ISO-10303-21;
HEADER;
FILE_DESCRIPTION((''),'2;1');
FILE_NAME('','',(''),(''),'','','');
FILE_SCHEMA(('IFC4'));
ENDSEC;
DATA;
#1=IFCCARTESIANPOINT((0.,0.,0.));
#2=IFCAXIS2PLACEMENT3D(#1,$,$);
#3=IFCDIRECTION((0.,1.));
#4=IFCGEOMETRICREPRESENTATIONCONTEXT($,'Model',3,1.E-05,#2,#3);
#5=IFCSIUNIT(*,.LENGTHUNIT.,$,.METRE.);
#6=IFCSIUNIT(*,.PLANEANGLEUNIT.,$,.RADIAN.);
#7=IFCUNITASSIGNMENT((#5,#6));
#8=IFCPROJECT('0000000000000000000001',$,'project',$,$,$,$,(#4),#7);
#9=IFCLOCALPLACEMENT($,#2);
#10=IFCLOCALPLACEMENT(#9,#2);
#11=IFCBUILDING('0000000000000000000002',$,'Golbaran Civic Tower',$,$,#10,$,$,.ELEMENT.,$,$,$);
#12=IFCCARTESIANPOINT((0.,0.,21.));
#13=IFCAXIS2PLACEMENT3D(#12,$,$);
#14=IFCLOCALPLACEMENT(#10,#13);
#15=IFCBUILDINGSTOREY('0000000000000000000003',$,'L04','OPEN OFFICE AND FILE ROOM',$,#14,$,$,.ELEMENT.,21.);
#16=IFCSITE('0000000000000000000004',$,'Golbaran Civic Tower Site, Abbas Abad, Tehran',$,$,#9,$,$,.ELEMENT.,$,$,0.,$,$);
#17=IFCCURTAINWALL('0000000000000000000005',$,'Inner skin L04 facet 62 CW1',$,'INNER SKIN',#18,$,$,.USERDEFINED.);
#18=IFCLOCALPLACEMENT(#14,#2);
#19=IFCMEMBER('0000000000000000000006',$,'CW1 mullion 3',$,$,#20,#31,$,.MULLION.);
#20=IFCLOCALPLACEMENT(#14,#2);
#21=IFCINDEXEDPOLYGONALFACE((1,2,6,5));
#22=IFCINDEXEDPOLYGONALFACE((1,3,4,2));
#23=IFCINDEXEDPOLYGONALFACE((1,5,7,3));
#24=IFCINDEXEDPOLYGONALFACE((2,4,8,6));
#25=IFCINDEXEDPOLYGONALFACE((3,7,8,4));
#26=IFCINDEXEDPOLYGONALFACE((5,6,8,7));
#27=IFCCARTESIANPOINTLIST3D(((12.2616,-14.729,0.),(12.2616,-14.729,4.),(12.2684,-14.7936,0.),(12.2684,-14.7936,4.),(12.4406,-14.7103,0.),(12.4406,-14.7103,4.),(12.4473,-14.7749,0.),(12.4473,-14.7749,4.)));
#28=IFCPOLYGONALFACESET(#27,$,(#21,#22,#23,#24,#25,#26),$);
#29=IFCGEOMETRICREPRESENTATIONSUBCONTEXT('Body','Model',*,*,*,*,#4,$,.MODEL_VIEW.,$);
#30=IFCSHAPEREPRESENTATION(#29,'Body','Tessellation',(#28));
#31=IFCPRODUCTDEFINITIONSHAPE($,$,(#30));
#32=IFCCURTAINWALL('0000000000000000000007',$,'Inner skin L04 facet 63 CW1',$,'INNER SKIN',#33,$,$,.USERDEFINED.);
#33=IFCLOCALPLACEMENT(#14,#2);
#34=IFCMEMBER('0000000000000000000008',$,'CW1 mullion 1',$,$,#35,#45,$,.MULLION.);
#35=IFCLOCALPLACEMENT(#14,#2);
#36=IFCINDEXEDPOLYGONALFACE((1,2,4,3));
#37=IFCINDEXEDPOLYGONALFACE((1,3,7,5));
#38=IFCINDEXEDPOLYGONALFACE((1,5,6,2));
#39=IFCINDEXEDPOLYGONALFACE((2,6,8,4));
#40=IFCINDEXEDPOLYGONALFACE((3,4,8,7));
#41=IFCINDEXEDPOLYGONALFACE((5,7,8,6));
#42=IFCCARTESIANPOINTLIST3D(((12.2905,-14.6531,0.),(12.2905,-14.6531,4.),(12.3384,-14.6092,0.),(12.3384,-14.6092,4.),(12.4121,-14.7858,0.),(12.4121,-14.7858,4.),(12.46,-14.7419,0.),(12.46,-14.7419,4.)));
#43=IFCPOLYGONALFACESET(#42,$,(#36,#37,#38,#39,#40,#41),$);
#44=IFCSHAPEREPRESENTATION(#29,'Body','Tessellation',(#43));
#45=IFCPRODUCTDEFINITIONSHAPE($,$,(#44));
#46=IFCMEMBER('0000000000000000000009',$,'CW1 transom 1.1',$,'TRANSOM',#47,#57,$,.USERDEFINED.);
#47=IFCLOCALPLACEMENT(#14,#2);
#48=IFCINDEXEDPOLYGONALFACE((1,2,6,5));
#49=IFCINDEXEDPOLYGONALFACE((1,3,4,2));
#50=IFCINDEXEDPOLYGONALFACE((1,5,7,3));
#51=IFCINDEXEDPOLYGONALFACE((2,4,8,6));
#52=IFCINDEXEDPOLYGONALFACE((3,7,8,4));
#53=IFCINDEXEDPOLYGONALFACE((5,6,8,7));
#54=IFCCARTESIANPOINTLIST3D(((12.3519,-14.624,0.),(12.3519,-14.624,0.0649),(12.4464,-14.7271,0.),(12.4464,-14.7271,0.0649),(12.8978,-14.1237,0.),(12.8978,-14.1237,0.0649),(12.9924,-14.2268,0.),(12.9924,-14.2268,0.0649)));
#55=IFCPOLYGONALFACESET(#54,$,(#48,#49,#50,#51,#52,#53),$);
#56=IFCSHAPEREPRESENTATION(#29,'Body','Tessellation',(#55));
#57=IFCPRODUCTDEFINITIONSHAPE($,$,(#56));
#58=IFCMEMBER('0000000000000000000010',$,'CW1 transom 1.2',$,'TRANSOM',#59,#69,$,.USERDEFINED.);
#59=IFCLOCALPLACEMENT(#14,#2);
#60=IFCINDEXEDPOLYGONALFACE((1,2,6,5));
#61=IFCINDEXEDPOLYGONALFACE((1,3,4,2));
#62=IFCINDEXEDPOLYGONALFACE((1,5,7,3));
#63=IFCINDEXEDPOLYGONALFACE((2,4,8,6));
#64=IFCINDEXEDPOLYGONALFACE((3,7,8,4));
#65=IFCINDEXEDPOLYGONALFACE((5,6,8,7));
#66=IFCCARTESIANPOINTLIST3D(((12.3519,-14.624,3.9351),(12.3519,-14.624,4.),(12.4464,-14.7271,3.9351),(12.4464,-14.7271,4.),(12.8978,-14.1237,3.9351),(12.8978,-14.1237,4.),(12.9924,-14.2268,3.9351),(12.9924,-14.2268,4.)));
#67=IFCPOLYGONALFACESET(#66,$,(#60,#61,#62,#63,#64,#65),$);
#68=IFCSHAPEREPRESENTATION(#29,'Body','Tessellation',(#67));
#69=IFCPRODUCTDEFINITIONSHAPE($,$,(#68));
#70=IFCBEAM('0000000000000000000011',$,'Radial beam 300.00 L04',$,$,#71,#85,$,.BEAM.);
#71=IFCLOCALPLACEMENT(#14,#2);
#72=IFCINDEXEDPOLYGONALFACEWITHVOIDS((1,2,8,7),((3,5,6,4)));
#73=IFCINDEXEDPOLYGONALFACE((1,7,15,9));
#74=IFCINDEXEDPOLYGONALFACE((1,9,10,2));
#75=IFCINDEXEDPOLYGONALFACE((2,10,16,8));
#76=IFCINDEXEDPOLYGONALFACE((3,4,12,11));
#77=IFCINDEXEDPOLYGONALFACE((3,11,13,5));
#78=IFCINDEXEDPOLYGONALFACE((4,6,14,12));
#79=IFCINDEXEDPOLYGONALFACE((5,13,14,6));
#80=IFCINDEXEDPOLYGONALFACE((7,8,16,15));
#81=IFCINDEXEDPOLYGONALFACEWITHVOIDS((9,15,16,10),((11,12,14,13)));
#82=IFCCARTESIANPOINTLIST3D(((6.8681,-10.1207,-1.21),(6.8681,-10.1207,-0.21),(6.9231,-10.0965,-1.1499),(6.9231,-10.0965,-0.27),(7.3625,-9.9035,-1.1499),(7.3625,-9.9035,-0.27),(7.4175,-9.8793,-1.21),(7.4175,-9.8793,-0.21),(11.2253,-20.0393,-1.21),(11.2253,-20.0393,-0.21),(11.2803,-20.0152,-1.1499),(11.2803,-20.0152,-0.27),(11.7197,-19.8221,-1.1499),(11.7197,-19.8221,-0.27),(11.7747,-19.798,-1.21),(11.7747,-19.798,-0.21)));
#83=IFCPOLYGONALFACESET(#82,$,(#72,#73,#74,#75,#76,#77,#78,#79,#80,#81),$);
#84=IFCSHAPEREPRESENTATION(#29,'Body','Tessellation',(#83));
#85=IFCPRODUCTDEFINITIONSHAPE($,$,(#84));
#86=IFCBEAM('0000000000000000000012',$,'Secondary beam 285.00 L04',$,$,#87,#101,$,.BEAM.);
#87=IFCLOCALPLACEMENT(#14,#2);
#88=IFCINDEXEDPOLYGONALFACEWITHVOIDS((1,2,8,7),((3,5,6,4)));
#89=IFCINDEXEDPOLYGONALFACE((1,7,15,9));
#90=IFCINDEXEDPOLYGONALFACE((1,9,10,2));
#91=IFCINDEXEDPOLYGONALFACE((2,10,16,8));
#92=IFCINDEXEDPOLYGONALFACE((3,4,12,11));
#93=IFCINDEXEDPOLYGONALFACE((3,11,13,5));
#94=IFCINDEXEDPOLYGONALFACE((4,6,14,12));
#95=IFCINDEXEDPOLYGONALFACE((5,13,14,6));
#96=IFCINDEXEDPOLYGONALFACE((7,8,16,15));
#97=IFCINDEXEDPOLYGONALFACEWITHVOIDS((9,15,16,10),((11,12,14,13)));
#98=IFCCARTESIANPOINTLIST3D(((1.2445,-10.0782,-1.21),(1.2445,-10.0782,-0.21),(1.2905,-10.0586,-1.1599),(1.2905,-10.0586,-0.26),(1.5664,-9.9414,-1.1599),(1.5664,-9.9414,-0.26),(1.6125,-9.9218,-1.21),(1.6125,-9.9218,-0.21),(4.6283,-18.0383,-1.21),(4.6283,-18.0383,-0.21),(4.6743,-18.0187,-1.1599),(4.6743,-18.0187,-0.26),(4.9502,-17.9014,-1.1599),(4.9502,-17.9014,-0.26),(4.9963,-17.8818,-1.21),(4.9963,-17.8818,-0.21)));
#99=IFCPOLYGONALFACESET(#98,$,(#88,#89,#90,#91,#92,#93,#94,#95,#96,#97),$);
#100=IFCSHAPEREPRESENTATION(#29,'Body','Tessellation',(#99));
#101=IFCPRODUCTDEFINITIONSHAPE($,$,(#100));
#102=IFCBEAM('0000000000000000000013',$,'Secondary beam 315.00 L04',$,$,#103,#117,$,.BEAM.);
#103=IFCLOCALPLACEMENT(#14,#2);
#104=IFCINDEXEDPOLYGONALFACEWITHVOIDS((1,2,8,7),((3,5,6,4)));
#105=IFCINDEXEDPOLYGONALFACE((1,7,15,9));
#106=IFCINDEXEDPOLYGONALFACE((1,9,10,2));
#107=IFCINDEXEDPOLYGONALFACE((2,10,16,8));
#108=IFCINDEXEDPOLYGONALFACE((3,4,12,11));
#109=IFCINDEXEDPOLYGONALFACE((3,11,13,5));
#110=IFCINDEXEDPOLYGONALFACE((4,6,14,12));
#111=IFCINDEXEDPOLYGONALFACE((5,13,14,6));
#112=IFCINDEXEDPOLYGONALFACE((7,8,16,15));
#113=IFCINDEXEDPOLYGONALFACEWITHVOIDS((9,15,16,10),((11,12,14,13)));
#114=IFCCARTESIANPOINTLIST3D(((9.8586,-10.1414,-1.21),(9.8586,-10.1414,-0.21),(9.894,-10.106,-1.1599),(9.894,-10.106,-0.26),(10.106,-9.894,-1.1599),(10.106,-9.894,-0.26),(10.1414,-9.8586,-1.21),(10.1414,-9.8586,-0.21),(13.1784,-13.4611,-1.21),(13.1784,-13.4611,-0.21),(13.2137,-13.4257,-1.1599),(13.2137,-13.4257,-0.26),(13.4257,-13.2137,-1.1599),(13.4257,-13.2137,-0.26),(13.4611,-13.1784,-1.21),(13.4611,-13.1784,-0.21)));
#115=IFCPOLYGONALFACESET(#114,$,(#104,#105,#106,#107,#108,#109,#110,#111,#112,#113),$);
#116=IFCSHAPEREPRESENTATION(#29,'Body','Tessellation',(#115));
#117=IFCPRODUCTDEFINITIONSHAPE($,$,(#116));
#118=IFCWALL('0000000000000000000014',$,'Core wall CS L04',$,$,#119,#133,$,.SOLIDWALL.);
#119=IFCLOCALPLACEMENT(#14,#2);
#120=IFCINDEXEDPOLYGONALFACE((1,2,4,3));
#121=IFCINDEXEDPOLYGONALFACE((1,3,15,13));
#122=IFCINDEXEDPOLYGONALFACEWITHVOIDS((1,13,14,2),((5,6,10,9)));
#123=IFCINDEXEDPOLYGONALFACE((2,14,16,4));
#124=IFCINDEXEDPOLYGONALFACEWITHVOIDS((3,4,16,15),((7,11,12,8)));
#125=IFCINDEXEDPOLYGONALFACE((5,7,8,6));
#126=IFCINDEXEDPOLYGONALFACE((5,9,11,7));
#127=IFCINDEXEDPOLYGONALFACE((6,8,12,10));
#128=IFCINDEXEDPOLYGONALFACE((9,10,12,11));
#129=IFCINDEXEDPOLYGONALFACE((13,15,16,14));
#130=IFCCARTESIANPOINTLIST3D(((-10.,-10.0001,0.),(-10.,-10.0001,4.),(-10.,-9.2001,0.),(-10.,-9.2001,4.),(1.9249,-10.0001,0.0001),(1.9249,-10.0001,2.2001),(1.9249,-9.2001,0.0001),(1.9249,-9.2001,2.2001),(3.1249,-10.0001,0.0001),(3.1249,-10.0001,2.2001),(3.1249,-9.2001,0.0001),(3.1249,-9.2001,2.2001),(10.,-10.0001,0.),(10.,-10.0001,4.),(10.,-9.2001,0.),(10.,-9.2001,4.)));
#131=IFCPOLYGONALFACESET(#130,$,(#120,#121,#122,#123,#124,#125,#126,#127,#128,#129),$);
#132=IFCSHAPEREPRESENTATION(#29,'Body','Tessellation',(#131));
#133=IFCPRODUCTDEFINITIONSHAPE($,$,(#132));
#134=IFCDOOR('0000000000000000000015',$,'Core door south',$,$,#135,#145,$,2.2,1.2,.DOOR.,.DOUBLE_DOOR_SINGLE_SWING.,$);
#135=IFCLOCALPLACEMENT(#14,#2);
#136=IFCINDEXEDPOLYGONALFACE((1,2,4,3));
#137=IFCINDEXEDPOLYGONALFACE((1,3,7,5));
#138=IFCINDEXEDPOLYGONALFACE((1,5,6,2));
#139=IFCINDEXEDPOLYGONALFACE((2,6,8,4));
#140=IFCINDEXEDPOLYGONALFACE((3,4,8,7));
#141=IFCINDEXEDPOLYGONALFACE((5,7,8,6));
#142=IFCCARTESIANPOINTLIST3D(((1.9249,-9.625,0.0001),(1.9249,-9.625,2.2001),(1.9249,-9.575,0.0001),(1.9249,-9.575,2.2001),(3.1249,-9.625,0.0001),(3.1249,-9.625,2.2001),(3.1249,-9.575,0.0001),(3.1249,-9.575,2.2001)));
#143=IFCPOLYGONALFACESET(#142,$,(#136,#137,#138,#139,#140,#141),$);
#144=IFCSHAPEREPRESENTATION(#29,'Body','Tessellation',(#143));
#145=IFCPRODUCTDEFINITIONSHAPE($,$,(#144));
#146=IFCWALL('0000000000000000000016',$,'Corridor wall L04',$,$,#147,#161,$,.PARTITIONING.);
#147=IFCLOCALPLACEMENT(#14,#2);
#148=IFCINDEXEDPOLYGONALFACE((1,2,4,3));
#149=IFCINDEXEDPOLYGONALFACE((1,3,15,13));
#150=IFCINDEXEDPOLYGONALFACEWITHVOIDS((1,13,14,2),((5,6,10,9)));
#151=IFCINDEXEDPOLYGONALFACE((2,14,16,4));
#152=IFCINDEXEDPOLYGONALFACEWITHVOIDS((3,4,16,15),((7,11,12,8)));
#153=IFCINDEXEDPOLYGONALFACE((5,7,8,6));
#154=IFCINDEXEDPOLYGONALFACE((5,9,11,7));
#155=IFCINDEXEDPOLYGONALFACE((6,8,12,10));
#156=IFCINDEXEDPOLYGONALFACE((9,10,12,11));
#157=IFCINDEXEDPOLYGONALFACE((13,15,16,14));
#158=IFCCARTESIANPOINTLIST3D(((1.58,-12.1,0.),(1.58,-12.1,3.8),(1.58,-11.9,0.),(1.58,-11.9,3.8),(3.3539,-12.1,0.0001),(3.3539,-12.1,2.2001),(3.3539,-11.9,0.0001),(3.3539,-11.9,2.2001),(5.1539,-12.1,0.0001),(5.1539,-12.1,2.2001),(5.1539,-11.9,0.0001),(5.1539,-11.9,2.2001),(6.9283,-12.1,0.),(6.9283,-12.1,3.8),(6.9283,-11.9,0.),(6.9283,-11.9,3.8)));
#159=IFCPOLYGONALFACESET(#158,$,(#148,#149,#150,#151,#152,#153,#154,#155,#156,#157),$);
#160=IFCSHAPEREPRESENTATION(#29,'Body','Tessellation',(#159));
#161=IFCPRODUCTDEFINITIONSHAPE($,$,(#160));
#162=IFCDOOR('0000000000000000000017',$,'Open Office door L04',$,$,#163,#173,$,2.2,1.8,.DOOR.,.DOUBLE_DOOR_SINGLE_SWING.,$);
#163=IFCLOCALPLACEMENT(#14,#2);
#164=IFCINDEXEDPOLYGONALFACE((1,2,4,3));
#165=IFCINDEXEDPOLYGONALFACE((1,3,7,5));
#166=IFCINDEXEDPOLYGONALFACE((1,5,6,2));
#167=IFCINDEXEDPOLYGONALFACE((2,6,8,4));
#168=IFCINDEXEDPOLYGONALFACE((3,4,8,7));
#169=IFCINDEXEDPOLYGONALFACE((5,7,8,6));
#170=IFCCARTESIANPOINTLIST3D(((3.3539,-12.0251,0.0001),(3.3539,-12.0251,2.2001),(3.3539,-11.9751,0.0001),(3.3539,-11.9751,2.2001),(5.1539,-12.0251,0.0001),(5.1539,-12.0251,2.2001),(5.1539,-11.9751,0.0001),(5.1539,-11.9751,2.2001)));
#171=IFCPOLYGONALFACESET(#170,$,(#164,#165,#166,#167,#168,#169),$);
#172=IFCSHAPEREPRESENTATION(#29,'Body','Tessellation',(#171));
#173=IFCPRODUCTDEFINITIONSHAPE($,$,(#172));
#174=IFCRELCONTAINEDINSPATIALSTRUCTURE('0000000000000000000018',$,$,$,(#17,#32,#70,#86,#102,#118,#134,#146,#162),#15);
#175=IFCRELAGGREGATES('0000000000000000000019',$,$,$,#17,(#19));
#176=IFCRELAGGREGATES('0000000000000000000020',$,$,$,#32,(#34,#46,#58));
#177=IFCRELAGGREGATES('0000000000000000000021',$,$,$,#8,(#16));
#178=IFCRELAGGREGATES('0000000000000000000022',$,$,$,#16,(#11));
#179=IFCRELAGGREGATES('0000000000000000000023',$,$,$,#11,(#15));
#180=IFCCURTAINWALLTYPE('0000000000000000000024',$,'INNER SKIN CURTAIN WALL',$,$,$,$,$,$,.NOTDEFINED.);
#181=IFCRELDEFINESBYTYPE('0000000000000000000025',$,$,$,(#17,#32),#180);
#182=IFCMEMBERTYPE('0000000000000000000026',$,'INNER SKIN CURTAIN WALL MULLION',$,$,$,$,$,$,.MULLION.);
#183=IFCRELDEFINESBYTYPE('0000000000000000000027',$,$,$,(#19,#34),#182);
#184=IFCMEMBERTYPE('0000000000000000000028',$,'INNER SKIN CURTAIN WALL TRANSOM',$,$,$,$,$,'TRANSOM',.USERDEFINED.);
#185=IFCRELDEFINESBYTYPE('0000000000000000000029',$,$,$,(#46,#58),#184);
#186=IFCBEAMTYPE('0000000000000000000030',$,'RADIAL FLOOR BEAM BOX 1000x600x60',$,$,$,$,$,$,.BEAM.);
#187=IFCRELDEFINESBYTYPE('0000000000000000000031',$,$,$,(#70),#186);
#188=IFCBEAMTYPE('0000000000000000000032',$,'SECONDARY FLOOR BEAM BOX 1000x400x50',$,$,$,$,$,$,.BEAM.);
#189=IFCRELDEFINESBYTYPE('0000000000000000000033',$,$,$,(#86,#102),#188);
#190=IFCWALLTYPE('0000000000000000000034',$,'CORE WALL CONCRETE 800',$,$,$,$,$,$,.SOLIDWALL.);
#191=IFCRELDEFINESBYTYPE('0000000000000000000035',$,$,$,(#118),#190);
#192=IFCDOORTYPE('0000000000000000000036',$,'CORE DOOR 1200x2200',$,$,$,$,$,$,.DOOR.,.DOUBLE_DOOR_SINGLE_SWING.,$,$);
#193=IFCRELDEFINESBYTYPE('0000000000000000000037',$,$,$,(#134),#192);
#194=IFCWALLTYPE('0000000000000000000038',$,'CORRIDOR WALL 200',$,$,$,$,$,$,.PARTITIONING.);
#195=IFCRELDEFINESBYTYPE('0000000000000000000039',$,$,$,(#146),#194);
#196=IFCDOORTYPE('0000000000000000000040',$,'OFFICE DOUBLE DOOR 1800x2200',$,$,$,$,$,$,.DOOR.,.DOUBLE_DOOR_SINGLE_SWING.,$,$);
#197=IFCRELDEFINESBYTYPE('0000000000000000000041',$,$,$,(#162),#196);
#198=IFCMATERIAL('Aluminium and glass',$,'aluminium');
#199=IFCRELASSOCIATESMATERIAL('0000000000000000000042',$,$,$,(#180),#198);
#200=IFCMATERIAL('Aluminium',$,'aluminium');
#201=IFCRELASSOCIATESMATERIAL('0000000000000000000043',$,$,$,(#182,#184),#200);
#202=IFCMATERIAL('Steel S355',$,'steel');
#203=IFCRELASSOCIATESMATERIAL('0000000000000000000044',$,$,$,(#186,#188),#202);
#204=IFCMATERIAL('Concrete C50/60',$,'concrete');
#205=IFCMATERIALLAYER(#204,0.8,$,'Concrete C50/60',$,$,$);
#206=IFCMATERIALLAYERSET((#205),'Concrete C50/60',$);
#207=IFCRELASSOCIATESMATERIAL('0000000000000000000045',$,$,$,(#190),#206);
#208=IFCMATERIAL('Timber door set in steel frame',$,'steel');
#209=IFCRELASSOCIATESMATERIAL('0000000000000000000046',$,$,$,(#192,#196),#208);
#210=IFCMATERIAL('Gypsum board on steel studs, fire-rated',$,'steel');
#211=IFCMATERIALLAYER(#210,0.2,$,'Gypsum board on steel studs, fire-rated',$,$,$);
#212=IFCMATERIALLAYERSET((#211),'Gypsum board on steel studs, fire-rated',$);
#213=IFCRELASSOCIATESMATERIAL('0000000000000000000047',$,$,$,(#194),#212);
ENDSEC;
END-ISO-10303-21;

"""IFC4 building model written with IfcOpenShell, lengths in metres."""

from ifc_helpers import new_model, si_unit, direction, frame, frame_2d, origin, origin_2d, place, context, subcontext, project, spatial, rectangle, hollow_rectangle, extrude, material, layer, layer_set, material_profile, profile_set, type_object, element, fill, aggregate, save


model = new_model("IFC4")

# Units and contexts
model_context = context("Model", 3, precision=1e-05, world=origin(), true_north=direction((0.0, 1.0)))
body_context = subcontext(model_context, "Body", "Model", "MODEL_VIEW")
ifc_project = project(units=[si_unit("LENGTHUNIT", "METRE"), si_unit("PLANEANGLEUNIT", "RADIAN")], contexts=[model_context])

# Site, building, storey
site_placement = place(None, origin())
site = spatial("IfcSite", under=ifc_project, at=site_placement, Name="Golbaran Civic Tower Site, Abbas Abad, Tehran", CompositionType="ELEMENT", RefElevation=0.0)
building_placement = place(site_placement, origin())
building = spatial("IfcBuilding", under=site, at=building_placement, Name="Golbaran Civic Tower", CompositionType="ELEMENT")
storey_placement = place(building_placement, frame((0.0, 0.0, 21.0)))
storey = spatial("IfcBuildingStorey", under=building, at=storey_placement, Name="L04", Description="OPEN OFFICE AND FILE ROOM", CompositionType="ELEMENT", Elevation=21.0)

# Shared definitions
ifc_material_1 = material(Name="Steel S355", Category="steel")

# Curtain wall, member
ifc_material_2 = material(Name="Aluminium and glass", Category="aluminium")
curtain_wall_type = type_object("IfcCurtainWallType", Name="INNER SKIN CURTAIN WALL", PredefinedType="NOTDEFINED", material=ifc_material_2)
curtain_wall_1_placement = place(storey_placement, origin())
curtain_wall_1 = element("IfcCurtainWall", 1, at=curtain_wall_1_placement, inside=storey, type_object=curtain_wall_type, Name="Inner skin L04 facet 62 CW1", ObjectType="INNER SKIN", PredefinedType="USERDEFINED")
ifc_material_3 = material(Name="Aluminium", Category="aluminium")
ifc_material_profile_1 = material_profile(ifc_material_3, rectangle(XDim=0.1799, YDim=0.0649, at=origin_2d()), Name="INNER SKIN CURTAIN WALL MULLION")
ifc_profile_set_1 = profile_set([ifc_material_profile_1], Name="Aluminium")
member_type_1 = type_object("IfcMemberType", Name="INNER SKIN CURTAIN WALL MULLION", PredefinedType="MULLION", material=ifc_profile_set_1)
member_1_placement = place(storey_placement, frame((12.3545, -14.752, 0.0), z_axis=(0.0, 0.0, 1.0), x_axis=(-0.994568, -0.104093, 0.0)))
member_1 = element("IfcMember", 2, at=member_1_placement, type_object=member_type_1, Name="CW1 mullion 3", PredefinedType="MULLION", context=body_context, shape_type="SweptSolid", body=[
    extrude(rectangle(XDim=0.1799, YDim=0.0649, at=origin_2d()), origin(), (0.0, 0.0, 1.0), 4.0),
])
aggregate(curtain_wall_1, [member_1])

# Curtain wall, members
curtain_wall_2_placement = place(storey_placement, origin())
curtain_wall_2 = element("IfcCurtainWall", 3, at=curtain_wall_2_placement, inside=storey, type_object=curtain_wall_type, Name="Inner skin L04 facet 63 CW1", ObjectType="INNER SKIN", PredefinedType="USERDEFINED")
member_2_placement = place(storey_placement, frame((12.3752, -14.6975, 0.0), z_axis=(0.0, 0.0, 1.0), x_axis=(-0.67559, 0.737277, 0.0)))
member_2 = element("IfcMember", 4, at=member_2_placement, type_object=member_type_1, Name="CW1 mullion 1", PredefinedType="MULLION", context=body_context, shape_type="SweptSolid", body=[
    extrude(rectangle(XDim=0.1799, YDim=0.0649, at=origin_2d()), origin(), (0.0, 0.0, 1.0), 4.0),
])
ifc_material_profile_2 = material_profile(ifc_material_3, rectangle(XDim=0.1399, YDim=0.0649, at=origin_2d()), Name="INNER SKIN CURTAIN WALL TRANSOM")
ifc_profile_set_2 = profile_set([ifc_material_profile_2], Name="Aluminium")
member_type_2 = type_object("IfcMemberType", Name="INNER SKIN CURTAIN WALL TRANSOM", ElementType="TRANSOM", PredefinedType="USERDEFINED", material=ifc_profile_set_2)
member_3_placement = place(storey_placement, frame((12.3992, -14.6755, 0.0325), z_axis=(0.737264, 0.675605, 0.0), x_axis=(-0.675605, 0.737264, 0.0)))
member_3 = element("IfcMember", 5, at=member_3_placement, type_object=member_type_2, Name="CW1 transom 1.1", ObjectType="TRANSOM", PredefinedType="USERDEFINED", context=body_context, shape_type="SweptSolid", body=[
    extrude(rectangle(XDim=0.1399, YDim=0.0649, at=origin_2d()), origin(), (0.0, 0.0, 1.0), 0.7405),
])
member_4_placement = place(storey_placement, frame((12.3992, -14.6755, 3.9675), z_axis=(0.737264, 0.675605, 0.0), x_axis=(-0.675605, 0.737264, 0.0)))
member_4 = element("IfcMember", 6, at=member_4_placement, type_object=member_type_2, Name="CW1 transom 1.2", ObjectType="TRANSOM", PredefinedType="USERDEFINED", context=body_context, shape_type="SweptSolid", body=[
    extrude(rectangle(XDim=0.1399, YDim=0.0649, at=origin_2d()), origin(), (0.0, 0.0, 1.0), 0.7405),
])
aggregate(curtain_wall_2, [member_2, member_3, member_4])

# Beams
ifc_material_profile_3 = material_profile(ifc_material_1, hollow_rectangle(XDim=0.6001, YDim=1.0, WallThickness=0.0601, at=origin_2d()), Name="BOX 1000x600x60")
ifc_profile_set_3 = profile_set([ifc_material_profile_3], Name="Steel S355")
beam_type_1 = type_object("IfcBeamType", Name="RADIAL FLOOR BEAM BOX 1000x600x60", PredefinedType="BEAM", material=ifc_profile_set_3)
beam_1_placement = place(storey_placement, frame((7.1428, -10.0, -0.71), z_axis=(0.402193, -0.915555, 0.0), x_axis=(0.915555, 0.402193, 0.0)))
element("IfcBeam", 7, at=beam_1_placement, inside=storey, type_object=beam_type_1, Name="Radial beam 300.00 L04", PredefinedType="BEAM", context=body_context, shape_type="SweptSolid", body=[
    extrude(hollow_rectangle(XDim=0.6001, YDim=1.0, WallThickness=0.0601, at=origin_2d()), origin(), (0.0, 0.0, 1.0), 10.8335),
])
ifc_material_profile_4 = material_profile(ifc_material_1, hollow_rectangle(XDim=0.3999, YDim=1.0, WallThickness=0.05, at=origin_2d()), Name="BOX 1000x400x50")
ifc_profile_set_4 = profile_set([ifc_material_profile_4], Name="Steel S355")
beam_type_2 = type_object("IfcBeamType", Name="SECONDARY FLOOR BEAM BOX 1000x400x50", PredefinedType="BEAM", material=ifc_profile_set_4)
beam_2_placement = place(storey_placement, frame((1.4285, -10.0, -0.71), z_axis=(0.39122, -0.920297, 0.0), x_axis=(0.920297, 0.39122, 0.0)))
element("IfcBeam", 8, at=beam_2_placement, inside=storey, type_object=beam_type_2, Name="Secondary beam 285.00 L04", PredefinedType="BEAM", context=body_context, shape_type="SweptSolid", body=[
    extrude(hollow_rectangle(XDim=0.3999, YDim=1.0, WallThickness=0.05, at=origin_2d()), origin(), (0.0, 0.0, 1.0), 8.6494),
])
beam_3_placement = place(storey_placement, frame((10.0, -10.0, -0.71), z_axis=(0.707107, -0.707107, 0.0), x_axis=(0.707107, 0.707107, 0.0)))
element("IfcBeam", 9, at=beam_3_placement, inside=storey, type_object=beam_type_2, Name="Secondary beam 315.00 L04", PredefinedType="BEAM", context=body_context, shape_type="SweptSolid", body=[
    extrude(hollow_rectangle(XDim=0.3999, YDim=1.0, WallThickness=0.05, at=origin_2d()), origin(), (0.0, 0.0, 1.0), 4.6948),
])

# Walls, openings, doors
ifc_material_4 = material(Name="Concrete C50/60", Category="concrete")
ifc_layer_1 = layer(ifc_material_4, 0.8, Name="Concrete C50/60")
ifc_layer_set_1 = layer_set([ifc_layer_1], Name="Concrete C50/60")
wall_type_1 = type_object("IfcWallType", Name="CORE WALL CONCRETE 800", PredefinedType="SOLIDWALL", material=ifc_layer_set_1)
wall_1_placement = place(storey_placement, frame((10.0, -9.6001, 0.0), z_axis=(0.0, 0.0, 1.0), x_axis=(-1.0, 0.0, 0.0)))
wall_1 = element("IfcWall", 10, at=wall_1_placement, inside=storey, type_object=wall_type_1, Name="Core wall CS L04", PredefinedType="SOLIDWALL", context=body_context, shape_type="SweptSolid", body=[
    extrude(rectangle(XDim=20.0, YDim=0.8, at=frame_2d((10.0, 0.0))), origin(), (0.0, 0.0, 1.0), 4.0),
])
opening_1_placement = place(wall_1_placement, frame((6.875, 0.0, 0.0)))
opening_1 = element("IfcOpeningElement", 11, at=opening_1_placement, cuts=wall_1, PredefinedType="OPENING", context=body_context, shape_type="SweptSolid", body=[
    extrude(rectangle(XDim=1.2, YDim=2.2, at=frame_2d((0.6001, 1.1001))), frame((0.0, 0.4099, 0.0), z_axis=(0.0, -1.0, 0.0), x_axis=(1.0, 0.0, 0.0)), (0.0, 0.0, 1.0), 0.8201),
])
ifc_material_5 = material(Name="Timber door set in steel frame", Category="steel")
door_type_1 = type_object("IfcDoorType", Name="CORE DOOR 1200x2200", OperationType="DOUBLE_DOOR_SINGLE_SWING", PredefinedType="DOOR", material=ifc_material_5)
door_1_placement = place(opening_1_placement, origin())
door_1 = element("IfcDoor", 12, at=door_1_placement, inside=storey, type_object=door_type_1, Name="Core door south", OperationType="DOUBLE_DOOR_SINGLE_SWING", OverallHeight=2.2, OverallWidth=1.2, PredefinedType="DOOR", context=body_context, shape_type="SweptSolid", body=[
    extrude(rectangle(XDim=1.2, YDim=2.2, at=frame_2d((0.6001, 1.1001))), frame((0.0, 0.0249, 0.0), z_axis=(0.0, -1.0, 0.0), x_axis=(1.0, 0.0, 0.0)), (0.0, 0.0, 1.0), 0.05),
])
fill(opening_1, door_1)
ifc_material_6 = material(Name="Gypsum board on steel studs, fire-rated", Category="steel")
ifc_layer_2 = layer(ifc_material_6, 0.2, Name="Gypsum board on steel studs, fire-rated")
ifc_layer_set_2 = layer_set([ifc_layer_2], Name="Gypsum board on steel studs, fire-rated")
wall_type_2 = type_object("IfcWallType", Name="CORRIDOR WALL 200", PredefinedType="PARTITIONING", material=ifc_layer_set_2)
wall_2_placement = place(storey_placement, frame((1.5798, -12.0, 0.0), z_axis=(0.0, 0.0, 1.0), x_axis=(1.0, 0.0, 0.0)))
wall_2 = element("IfcWall", 13, at=wall_2_placement, inside=storey, type_object=wall_type_2, Name="Corridor wall L04", PredefinedType="PARTITIONING", context=body_context, shape_type="SweptSolid", body=[
    extrude(rectangle(XDim=5.3484, YDim=0.2, at=frame_2d((2.6743, 0.0))), origin(), (0.0, 0.0, 1.0), 3.8),
])
opening_2_placement = place(wall_2_placement, frame((1.7742, 0.0, 0.0)))
opening_2 = element("IfcOpeningElement", 14, at=opening_2_placement, cuts=wall_2, PredefinedType="OPENING", context=body_context, shape_type="SweptSolid", body=[
    extrude(rectangle(XDim=1.8, YDim=2.2, at=frame_2d((0.8999, 1.1001))), frame((0.0, 0.1099, 0.0), z_axis=(0.0, -1.0, 0.0), x_axis=(1.0, 0.0, 0.0)), (0.0, 0.0, 1.0), 0.22),
])
door_type_2 = type_object("IfcDoorType", Name="OFFICE DOUBLE DOOR 1800x2200", OperationType="DOUBLE_DOOR_SINGLE_SWING", PredefinedType="DOOR", material=ifc_material_5)
door_2_placement = place(opening_2_placement, origin())
door_2 = element("IfcDoor", 15, at=door_2_placement, inside=storey, type_object=door_type_2, Name="Open Office door L04", OperationType="DOUBLE_DOOR_SINGLE_SWING", OverallHeight=2.2, OverallWidth=1.8, PredefinedType="DOOR", context=body_context, shape_type="SweptSolid", body=[
    extrude(rectangle(XDim=1.8, YDim=2.2, at=frame_2d((0.8999, 1.1001))), frame((0.0, 0.0249, 0.0), z_axis=(0.0, -1.0, 0.0), x_axis=(1.0, 0.0, 0.0)), (0.0, 0.0, 1.0), 0.05),
])
fill(opening_2, door_2)

save(model, "model.ifc")
